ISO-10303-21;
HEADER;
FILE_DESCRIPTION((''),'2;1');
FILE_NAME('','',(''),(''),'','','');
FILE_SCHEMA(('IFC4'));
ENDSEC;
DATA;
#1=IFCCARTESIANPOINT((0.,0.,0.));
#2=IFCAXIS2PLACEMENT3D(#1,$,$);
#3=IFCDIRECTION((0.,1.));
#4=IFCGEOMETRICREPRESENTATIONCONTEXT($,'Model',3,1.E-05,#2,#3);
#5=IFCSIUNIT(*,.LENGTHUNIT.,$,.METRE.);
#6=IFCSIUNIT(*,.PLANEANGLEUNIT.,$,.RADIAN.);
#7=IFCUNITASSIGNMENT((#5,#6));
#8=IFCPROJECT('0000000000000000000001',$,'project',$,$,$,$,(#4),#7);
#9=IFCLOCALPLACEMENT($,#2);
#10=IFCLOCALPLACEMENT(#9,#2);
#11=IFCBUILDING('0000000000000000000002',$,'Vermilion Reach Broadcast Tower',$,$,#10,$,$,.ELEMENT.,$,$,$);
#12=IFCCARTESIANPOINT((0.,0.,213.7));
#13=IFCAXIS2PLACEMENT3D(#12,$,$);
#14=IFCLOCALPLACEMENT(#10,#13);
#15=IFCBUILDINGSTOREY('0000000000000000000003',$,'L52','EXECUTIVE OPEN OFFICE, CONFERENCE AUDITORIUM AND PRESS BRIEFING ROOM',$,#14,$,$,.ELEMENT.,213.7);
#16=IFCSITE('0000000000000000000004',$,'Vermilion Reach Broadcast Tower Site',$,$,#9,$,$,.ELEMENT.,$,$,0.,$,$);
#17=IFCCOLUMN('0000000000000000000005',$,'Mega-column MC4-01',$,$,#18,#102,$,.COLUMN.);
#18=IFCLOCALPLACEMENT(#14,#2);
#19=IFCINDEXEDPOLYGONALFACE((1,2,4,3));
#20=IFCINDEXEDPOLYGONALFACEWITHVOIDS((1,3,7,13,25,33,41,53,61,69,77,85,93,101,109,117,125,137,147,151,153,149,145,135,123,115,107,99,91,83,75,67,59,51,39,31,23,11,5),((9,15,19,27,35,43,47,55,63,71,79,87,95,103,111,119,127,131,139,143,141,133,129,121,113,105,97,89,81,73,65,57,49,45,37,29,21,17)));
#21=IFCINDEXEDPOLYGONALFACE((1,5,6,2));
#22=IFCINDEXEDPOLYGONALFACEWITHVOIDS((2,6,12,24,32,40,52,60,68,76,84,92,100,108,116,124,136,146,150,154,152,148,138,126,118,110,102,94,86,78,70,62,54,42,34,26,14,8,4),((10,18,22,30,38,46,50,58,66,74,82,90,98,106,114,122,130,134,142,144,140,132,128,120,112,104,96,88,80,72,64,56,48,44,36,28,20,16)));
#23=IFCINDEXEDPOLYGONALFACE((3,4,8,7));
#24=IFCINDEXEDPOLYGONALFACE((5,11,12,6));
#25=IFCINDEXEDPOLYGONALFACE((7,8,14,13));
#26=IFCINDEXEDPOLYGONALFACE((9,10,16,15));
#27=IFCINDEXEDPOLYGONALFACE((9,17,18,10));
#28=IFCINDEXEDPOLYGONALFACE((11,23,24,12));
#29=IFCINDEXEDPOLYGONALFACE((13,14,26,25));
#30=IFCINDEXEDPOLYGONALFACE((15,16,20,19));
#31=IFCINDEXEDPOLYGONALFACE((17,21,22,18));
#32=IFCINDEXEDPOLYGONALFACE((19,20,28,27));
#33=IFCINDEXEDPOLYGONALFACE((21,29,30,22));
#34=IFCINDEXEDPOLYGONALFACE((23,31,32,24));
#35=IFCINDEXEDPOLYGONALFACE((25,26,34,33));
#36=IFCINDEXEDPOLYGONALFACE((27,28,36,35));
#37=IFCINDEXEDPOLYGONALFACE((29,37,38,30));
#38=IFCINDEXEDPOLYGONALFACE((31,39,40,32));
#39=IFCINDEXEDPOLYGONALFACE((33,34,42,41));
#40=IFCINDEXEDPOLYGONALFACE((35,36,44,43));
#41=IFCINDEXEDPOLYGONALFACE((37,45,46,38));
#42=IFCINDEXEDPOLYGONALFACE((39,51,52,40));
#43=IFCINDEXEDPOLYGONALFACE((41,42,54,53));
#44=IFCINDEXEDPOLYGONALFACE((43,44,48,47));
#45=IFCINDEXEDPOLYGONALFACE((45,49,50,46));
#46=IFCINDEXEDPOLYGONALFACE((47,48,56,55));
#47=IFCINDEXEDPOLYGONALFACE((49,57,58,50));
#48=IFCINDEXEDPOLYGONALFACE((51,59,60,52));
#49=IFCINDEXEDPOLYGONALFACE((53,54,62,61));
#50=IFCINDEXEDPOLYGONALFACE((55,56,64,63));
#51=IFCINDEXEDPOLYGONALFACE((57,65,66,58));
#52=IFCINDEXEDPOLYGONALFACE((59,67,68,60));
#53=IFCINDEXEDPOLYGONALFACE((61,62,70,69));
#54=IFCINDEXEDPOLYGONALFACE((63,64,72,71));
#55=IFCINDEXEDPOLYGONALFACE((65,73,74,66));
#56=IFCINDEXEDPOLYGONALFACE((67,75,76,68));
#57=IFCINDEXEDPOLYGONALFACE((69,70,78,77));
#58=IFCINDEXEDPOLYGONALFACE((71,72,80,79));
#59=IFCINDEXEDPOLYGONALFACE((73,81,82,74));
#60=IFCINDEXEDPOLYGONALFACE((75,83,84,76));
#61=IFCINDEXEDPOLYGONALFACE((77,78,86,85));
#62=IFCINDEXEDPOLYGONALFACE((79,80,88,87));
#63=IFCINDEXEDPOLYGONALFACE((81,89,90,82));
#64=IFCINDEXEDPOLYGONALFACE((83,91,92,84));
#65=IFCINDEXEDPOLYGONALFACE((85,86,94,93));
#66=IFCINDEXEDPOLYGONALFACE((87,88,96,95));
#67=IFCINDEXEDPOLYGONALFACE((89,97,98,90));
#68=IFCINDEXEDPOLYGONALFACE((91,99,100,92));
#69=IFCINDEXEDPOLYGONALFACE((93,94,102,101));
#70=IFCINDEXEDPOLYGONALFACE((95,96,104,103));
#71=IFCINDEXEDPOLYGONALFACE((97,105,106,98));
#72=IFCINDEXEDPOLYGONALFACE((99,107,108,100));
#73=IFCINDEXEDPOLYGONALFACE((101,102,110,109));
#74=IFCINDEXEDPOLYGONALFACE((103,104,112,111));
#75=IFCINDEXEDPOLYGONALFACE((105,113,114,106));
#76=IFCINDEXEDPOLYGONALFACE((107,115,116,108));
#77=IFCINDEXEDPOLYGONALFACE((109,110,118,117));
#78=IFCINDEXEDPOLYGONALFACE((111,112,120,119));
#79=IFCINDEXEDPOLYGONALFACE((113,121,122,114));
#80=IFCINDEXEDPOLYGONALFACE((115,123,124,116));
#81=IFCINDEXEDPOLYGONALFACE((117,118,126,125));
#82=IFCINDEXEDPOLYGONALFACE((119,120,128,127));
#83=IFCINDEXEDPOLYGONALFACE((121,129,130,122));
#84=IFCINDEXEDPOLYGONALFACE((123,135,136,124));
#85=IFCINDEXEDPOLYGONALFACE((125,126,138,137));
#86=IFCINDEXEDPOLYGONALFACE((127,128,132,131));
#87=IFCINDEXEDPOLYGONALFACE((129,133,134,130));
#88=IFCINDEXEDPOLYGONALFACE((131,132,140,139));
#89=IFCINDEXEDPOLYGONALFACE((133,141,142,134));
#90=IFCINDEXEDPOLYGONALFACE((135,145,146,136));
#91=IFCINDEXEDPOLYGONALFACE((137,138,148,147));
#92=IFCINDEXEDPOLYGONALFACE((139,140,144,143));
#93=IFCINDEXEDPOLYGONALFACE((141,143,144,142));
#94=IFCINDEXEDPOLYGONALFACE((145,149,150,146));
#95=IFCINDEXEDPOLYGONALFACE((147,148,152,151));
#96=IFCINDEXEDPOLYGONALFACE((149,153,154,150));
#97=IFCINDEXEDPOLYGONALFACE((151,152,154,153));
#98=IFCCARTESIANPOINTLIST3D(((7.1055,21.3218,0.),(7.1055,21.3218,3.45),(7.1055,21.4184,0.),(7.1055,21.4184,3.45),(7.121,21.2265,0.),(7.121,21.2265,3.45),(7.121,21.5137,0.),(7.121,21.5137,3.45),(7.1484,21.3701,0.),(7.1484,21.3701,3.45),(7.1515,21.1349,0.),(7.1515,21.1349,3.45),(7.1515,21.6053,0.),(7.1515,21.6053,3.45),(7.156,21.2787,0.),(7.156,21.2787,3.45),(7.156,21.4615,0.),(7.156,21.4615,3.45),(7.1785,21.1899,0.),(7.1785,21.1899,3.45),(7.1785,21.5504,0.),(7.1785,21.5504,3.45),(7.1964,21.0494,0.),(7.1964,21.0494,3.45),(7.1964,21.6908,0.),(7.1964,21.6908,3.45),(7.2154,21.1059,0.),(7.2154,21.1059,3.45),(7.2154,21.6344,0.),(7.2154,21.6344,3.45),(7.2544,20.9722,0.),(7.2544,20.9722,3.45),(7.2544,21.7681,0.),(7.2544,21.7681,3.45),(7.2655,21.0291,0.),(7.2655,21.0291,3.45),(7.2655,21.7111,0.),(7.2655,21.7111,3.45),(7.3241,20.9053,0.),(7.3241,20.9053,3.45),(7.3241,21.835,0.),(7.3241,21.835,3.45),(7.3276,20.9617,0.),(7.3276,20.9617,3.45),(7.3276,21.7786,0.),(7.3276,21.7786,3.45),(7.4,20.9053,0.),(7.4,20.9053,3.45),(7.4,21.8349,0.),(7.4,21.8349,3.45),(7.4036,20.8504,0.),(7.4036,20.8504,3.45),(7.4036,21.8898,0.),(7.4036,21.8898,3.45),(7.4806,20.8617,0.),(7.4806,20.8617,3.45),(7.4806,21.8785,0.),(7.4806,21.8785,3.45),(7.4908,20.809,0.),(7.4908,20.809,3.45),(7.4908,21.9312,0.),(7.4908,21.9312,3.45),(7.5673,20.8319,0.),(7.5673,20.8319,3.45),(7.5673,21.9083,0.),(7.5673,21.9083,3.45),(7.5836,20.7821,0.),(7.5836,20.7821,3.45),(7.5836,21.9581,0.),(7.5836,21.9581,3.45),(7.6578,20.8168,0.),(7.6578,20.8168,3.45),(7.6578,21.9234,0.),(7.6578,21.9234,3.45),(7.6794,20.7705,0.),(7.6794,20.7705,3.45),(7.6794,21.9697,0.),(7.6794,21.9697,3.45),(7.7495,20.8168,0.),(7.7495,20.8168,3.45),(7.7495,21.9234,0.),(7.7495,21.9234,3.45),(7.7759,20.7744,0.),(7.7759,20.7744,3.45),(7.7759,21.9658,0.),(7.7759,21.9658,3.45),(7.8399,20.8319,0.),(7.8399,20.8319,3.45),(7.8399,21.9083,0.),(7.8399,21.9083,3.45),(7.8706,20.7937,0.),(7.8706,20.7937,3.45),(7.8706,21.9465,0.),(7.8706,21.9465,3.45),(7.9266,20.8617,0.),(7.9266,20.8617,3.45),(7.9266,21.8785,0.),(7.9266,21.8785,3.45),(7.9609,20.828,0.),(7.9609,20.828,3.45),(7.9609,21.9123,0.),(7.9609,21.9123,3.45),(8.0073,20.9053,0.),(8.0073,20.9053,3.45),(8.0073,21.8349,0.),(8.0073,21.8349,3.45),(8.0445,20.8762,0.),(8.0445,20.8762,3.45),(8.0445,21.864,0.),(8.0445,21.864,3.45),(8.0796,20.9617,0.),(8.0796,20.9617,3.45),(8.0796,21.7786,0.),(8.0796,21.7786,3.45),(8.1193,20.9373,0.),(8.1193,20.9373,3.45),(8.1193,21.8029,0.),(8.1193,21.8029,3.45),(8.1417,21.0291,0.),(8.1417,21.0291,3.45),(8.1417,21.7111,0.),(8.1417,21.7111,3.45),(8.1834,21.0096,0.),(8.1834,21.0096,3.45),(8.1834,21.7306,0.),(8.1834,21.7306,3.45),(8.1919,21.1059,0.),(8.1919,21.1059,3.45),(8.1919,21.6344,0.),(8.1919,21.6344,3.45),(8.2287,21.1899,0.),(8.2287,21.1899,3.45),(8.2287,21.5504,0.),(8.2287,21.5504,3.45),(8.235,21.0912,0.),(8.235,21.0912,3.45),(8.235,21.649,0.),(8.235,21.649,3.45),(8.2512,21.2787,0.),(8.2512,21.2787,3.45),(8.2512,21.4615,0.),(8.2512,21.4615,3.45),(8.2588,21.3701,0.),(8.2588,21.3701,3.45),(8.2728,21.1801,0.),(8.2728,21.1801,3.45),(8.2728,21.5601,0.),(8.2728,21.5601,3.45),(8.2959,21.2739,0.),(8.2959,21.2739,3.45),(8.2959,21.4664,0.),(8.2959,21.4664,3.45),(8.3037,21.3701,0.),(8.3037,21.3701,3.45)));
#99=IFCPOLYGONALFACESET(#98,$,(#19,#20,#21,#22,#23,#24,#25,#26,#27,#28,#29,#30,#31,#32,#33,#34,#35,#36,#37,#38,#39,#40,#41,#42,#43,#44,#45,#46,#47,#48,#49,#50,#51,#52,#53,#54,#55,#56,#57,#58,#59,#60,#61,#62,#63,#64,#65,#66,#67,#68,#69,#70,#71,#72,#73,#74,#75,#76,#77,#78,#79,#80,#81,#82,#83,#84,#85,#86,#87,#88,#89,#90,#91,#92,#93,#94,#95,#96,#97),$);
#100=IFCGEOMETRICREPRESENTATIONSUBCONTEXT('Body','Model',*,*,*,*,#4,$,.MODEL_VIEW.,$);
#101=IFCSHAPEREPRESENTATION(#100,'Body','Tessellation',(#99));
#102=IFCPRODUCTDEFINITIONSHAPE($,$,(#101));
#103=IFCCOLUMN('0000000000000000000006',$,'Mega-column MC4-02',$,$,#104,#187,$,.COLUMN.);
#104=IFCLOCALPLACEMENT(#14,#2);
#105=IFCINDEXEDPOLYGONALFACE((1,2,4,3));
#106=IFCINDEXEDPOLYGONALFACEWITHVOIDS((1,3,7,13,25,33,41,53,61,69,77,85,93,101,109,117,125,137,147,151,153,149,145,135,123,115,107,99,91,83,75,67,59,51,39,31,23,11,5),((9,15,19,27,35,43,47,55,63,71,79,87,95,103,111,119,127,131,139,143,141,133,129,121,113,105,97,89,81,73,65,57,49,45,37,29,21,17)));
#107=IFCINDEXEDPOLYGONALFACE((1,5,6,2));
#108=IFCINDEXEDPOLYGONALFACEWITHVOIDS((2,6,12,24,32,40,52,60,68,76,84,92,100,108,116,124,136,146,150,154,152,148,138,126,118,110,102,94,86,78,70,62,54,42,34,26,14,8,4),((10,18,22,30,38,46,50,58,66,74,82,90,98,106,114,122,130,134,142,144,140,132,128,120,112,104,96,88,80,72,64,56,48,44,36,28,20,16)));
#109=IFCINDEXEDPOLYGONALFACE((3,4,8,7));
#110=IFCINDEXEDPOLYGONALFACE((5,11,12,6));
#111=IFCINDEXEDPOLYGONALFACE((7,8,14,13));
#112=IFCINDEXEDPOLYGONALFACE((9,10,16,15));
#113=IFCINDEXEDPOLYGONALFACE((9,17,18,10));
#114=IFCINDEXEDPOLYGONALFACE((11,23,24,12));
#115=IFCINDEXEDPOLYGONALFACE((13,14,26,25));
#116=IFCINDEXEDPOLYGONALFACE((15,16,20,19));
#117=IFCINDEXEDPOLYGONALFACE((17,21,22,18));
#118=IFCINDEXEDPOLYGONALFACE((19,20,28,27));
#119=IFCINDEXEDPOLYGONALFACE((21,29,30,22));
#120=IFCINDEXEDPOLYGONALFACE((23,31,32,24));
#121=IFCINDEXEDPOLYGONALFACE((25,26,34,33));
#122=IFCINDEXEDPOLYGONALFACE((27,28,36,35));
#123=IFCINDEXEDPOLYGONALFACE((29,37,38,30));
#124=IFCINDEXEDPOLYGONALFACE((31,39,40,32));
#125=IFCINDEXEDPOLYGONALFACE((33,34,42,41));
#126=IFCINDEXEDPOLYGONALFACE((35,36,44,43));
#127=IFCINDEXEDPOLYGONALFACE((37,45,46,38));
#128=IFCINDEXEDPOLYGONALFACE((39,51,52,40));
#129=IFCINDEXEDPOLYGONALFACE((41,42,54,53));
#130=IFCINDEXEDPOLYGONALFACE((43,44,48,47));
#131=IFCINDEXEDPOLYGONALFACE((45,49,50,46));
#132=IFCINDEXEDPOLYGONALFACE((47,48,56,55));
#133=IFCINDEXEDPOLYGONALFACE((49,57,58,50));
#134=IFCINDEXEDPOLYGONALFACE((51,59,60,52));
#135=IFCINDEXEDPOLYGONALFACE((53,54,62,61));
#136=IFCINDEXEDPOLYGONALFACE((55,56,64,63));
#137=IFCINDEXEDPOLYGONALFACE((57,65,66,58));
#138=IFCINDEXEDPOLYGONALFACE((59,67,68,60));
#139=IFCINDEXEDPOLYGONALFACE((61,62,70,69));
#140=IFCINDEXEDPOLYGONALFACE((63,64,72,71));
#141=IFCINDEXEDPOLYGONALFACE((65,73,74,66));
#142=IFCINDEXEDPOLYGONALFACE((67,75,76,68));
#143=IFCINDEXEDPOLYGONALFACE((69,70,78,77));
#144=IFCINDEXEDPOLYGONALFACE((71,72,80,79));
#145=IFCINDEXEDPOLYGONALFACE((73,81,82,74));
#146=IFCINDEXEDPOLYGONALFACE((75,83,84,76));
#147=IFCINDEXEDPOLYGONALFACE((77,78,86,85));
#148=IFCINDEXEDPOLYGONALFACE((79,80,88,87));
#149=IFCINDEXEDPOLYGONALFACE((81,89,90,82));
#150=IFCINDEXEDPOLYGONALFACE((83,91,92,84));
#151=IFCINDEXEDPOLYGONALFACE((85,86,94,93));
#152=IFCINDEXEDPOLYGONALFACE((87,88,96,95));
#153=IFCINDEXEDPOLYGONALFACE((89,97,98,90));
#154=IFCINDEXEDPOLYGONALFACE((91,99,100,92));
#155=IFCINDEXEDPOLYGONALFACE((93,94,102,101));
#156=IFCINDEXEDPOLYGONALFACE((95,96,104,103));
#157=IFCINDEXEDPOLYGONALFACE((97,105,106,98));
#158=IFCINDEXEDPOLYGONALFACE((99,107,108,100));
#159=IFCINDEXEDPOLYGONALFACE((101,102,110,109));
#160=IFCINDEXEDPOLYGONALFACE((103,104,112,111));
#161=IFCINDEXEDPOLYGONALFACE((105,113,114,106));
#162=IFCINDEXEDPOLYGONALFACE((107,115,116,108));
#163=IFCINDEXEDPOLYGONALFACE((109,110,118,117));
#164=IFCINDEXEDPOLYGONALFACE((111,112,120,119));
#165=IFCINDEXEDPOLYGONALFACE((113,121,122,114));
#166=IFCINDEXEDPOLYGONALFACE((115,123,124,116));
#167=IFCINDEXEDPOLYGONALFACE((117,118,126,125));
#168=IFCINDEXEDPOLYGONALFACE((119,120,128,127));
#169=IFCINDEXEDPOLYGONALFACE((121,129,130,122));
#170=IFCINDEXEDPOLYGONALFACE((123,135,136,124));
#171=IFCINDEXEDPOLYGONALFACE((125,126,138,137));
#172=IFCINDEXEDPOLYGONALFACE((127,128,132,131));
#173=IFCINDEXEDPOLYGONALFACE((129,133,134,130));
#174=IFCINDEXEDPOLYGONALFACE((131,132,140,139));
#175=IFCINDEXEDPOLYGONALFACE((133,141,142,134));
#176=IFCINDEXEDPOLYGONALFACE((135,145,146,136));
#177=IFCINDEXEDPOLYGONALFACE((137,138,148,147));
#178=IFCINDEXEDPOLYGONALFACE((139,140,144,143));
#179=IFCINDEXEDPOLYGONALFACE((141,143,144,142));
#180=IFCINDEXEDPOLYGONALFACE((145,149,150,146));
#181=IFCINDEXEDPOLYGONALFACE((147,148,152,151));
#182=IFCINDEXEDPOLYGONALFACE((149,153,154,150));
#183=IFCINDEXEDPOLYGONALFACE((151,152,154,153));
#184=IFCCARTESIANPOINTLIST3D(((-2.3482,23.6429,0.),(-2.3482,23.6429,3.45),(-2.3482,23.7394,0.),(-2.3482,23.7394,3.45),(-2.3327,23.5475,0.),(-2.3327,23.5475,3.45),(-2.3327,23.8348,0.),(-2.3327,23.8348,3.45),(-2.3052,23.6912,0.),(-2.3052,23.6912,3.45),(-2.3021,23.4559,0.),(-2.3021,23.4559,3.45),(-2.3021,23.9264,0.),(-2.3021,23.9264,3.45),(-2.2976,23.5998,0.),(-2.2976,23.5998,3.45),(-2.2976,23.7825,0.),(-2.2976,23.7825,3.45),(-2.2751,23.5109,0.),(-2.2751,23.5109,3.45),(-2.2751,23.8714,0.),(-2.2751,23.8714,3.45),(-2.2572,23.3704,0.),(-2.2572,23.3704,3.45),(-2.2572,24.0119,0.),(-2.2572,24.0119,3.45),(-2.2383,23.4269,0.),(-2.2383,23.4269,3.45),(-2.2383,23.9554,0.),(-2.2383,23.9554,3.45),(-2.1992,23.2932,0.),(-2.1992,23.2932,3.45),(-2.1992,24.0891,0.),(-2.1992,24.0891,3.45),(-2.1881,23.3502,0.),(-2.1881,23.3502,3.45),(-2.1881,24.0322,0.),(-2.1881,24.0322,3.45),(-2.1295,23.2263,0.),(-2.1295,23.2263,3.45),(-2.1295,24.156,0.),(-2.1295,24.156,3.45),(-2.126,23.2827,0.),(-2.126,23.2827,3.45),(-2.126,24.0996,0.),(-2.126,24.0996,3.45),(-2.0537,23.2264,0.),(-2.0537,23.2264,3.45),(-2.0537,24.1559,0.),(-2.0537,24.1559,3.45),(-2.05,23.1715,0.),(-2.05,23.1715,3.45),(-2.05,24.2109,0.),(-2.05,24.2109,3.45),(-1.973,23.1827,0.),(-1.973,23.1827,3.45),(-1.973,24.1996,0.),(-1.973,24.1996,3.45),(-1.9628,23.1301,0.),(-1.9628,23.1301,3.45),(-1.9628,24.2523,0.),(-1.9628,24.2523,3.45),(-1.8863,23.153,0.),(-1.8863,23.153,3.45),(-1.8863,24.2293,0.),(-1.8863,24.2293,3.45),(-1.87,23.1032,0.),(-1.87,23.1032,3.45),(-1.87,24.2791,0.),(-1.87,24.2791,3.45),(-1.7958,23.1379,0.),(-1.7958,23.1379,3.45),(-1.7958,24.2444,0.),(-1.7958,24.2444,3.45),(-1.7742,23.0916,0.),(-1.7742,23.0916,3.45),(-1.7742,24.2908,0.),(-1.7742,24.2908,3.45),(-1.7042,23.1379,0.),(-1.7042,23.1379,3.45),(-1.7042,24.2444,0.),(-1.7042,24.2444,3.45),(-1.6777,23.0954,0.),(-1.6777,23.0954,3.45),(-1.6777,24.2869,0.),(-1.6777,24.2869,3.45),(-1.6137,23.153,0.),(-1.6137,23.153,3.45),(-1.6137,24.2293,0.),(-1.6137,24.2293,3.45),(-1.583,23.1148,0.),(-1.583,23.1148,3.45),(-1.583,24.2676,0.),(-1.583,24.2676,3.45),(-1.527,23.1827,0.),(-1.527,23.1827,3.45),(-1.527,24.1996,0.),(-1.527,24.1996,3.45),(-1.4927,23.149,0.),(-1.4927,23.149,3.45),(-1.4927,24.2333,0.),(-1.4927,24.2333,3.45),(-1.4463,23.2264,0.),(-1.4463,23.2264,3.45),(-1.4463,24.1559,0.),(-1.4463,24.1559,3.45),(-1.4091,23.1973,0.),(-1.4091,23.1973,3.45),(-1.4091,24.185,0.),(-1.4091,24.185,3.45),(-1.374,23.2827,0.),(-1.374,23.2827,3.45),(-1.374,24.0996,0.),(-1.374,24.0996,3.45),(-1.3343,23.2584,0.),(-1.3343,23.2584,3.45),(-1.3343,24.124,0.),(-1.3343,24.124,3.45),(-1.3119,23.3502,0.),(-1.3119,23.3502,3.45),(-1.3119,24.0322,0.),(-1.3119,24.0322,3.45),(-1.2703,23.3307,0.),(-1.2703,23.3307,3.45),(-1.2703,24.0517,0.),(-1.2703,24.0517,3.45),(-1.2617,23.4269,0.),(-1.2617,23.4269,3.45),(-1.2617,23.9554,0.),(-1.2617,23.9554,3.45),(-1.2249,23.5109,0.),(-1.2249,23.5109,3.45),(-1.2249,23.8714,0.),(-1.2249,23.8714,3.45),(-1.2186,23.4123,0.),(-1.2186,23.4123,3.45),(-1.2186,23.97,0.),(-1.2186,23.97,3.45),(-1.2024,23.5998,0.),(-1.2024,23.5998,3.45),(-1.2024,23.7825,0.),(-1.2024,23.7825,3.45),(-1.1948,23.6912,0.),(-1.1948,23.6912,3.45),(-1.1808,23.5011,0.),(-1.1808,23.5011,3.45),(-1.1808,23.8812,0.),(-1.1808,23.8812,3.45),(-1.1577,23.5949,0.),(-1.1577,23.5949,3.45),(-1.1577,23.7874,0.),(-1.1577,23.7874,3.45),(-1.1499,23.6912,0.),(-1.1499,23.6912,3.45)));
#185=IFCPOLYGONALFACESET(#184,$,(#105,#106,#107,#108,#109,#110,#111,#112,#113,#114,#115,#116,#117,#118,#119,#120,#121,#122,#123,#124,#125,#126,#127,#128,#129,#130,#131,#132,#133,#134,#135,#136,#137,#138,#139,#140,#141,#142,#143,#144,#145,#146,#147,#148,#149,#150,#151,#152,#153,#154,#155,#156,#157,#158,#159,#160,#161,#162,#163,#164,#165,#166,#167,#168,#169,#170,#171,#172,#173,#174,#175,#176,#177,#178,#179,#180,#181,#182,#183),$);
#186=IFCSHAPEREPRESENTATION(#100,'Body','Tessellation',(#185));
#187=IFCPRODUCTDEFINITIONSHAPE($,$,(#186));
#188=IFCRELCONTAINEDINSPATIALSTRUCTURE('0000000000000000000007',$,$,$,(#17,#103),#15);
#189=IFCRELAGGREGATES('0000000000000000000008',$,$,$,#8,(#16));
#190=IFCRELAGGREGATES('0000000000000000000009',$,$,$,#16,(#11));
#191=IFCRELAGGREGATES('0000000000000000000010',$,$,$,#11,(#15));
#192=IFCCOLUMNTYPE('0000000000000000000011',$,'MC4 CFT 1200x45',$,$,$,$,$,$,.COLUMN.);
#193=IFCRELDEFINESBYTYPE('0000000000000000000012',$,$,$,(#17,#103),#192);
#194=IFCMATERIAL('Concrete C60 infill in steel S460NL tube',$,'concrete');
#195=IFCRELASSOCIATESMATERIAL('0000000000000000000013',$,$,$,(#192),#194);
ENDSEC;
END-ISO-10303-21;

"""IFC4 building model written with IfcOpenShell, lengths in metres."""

from ifc_helpers import new_model, si_unit, direction, frame, origin, origin_2d, place, context, subcontext, project, spatial, hollow_circle, extrude, material, material_profile, profile_set, type_object, element, save


model = new_model("IFC4")

# Units and contexts
model_context = context("Model", 3, precision=1e-05, world=origin(), true_north=direction((0.0, 1.0)))
body_context = subcontext(model_context, "Body", "Model", "MODEL_VIEW")
ifc_project = project(units=[si_unit("LENGTHUNIT", "METRE"), si_unit("PLANEANGLEUNIT", "RADIAN")], contexts=[model_context])

# Site, building, storey
site_placement = place(None, origin())
site = spatial("IfcSite", under=ifc_project, at=site_placement, Name="Vermilion Reach Broadcast Tower Site", CompositionType="ELEMENT", RefElevation=0.0)
building_placement = place(site_placement, origin())
building = spatial("IfcBuilding", under=site, at=building_placement, Name="Vermilion Reach Broadcast Tower", CompositionType="ELEMENT")
storey_placement = place(building_placement, frame((0.0, 0.0, 213.7)))
storey = spatial("IfcBuildingStorey", under=building, at=storey_placement, Name="L52", Description="EXECUTIVE OPEN OFFICE, CONFERENCE AUDITORIUM AND PRESS BRIEFING ROOM", CompositionType="ELEMENT", Elevation=213.7)

# Columns
ifc_material_1 = material(Name="Concrete C60 infill in steel S460NL tube", Category="concrete")
ifc_material_profile_1 = material_profile(ifc_material_1, hollow_circle(Radius=0.6001, WallThickness=0.0449, at=origin_2d()), Name="Concrete C60 infill in steel S460NL tube CFT 1200x45")
ifc_profile_set_1 = profile_set([ifc_material_profile_1], Name="Concrete C60 infill in steel S460NL tube")
column_type = type_object("IfcColumnType", Name="MC4 CFT 1200x45", PredefinedType="COLUMN", material=ifc_profile_set_1)
for number, where, z_axis, x_axis, name in (
    (1, (7.7036, 21.3701, 0.0), (0.0, 0.0, 1.0), (1.0, 0.0, 0.0), "Mega-column MC4-01"),
    (2, (-1.75, 23.6912, 0.0), (0.0, 0.0, 1.0), (1.0, 0.0, 0.0), "Mega-column MC4-02"),
):
    element("IfcColumn", number, at=place(storey_placement, frame(where, z_axis=z_axis, x_axis=x_axis)), inside=storey, type_object=column_type, Name=name, PredefinedType="COLUMN", context=body_context, shape_type="SweptSolid", body=[
        extrude(hollow_circle(Radius=0.6001, WallThickness=0.0449, at=origin_2d()), origin(), (0.0, 0.0, 1.0), 3.45),
    ])

save(model, "model.ifc")
